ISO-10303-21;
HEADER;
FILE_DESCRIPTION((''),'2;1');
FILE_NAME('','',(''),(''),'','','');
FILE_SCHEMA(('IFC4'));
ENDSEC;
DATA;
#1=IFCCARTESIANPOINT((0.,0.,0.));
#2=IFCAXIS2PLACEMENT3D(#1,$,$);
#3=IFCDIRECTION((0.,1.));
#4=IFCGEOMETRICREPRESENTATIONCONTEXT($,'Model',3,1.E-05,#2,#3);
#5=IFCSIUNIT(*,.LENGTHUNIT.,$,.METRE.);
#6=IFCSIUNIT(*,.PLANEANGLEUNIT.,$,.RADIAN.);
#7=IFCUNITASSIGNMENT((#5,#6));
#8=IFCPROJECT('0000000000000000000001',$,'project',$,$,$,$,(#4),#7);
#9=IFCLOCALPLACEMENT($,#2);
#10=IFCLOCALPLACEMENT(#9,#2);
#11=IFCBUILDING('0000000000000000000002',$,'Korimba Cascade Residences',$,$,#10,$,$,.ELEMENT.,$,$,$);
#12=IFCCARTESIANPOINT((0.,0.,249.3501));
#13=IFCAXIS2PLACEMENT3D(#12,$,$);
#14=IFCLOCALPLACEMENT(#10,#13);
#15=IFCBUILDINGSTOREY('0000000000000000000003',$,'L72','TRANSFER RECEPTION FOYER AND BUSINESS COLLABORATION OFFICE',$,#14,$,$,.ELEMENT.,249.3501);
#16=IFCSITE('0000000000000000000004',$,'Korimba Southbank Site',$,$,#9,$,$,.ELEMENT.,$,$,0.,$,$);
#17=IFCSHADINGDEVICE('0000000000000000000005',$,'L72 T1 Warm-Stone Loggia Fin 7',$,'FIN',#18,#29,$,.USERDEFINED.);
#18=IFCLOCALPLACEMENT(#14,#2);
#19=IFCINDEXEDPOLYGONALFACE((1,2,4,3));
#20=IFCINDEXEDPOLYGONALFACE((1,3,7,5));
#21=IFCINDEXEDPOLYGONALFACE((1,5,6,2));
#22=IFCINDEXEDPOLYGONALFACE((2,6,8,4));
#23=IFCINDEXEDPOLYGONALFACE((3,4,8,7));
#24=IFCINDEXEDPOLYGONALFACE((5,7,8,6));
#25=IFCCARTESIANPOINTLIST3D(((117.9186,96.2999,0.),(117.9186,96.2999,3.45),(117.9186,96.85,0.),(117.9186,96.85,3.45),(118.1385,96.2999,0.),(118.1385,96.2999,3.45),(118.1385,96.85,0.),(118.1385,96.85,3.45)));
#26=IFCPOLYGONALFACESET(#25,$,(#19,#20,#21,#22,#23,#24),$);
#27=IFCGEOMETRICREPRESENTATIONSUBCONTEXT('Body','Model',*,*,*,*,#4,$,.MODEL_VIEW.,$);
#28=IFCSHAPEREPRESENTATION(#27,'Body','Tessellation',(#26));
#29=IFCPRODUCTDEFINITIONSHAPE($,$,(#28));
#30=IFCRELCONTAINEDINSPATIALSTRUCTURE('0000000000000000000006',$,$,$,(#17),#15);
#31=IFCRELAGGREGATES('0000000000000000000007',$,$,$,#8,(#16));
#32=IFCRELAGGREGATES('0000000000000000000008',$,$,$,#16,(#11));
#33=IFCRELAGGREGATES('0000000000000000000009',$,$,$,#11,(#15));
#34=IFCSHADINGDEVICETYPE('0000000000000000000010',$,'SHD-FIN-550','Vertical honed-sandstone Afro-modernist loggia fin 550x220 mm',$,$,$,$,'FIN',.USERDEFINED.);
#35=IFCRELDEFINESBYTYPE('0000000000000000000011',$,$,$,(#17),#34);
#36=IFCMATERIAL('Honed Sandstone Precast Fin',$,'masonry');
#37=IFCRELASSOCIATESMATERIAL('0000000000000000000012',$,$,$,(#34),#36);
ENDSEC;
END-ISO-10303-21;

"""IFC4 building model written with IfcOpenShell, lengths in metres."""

from ifc_helpers import new_model, si_unit, direction, frame, origin, origin_2d, place, context, subcontext, project, spatial, rectangle, extrude, material, type_object, element, save


model = new_model("IFC4")

# Units and contexts
model_context = context("Model", 3, precision=1e-05, world=origin(), true_north=direction((0.0, 1.0)))
body_context = subcontext(model_context, "Body", "Model", "MODEL_VIEW")
ifc_project = project(units=[si_unit("LENGTHUNIT", "METRE"), si_unit("PLANEANGLEUNIT", "RADIAN")], contexts=[model_context])

# Site, building, storey
site_placement = place(None, origin())
site = spatial("IfcSite", under=ifc_project, at=site_placement, Name="Korimba Southbank Site", CompositionType="ELEMENT", RefElevation=0.0)
building_placement = place(site_placement, origin())
building = spatial("IfcBuilding", under=site, at=building_placement, Name="Korimba Cascade Residences", CompositionType="ELEMENT")
storey_placement = place(building_placement, frame((0.0, 0.0, 249.3501)))
storey = spatial("IfcBuildingStorey", under=building, at=storey_placement, Name="L72", Description="TRANSFER RECEPTION FOYER AND BUSINESS COLLABORATION OFFICE", CompositionType="ELEMENT", Elevation=249.3501)

# Shading device
ifc_material_1 = material(Name="Honed Sandstone Precast Fin", Category="masonry")
shading_device_type = type_object("IfcShadingDeviceType", Name="SHD-FIN-550", Description="Vertical honed-sandstone Afro-modernist loggia fin 550x220 mm", ElementType="FIN", PredefinedType="USERDEFINED", material=ifc_material_1)
shading_device_placement = place(storey_placement, frame((118.0286, 96.575, 0.0), z_axis=(0.0, 0.0, 1.0), x_axis=(1.0, 0.0, 0.0)))
element("IfcShadingDevice", 1, at=shading_device_placement, inside=storey, type_object=shading_device_type, Name="L72 T1 Warm-Stone Loggia Fin 7", ObjectType="FIN", PredefinedType="USERDEFINED", context=body_context, shape_type="SweptSolid", body=[
    extrude(rectangle(XDim=0.22, YDim=0.55, at=origin_2d()), origin(), (0.0, 0.0, 1.0), 3.45),
])

save(model, "model.ifc")
